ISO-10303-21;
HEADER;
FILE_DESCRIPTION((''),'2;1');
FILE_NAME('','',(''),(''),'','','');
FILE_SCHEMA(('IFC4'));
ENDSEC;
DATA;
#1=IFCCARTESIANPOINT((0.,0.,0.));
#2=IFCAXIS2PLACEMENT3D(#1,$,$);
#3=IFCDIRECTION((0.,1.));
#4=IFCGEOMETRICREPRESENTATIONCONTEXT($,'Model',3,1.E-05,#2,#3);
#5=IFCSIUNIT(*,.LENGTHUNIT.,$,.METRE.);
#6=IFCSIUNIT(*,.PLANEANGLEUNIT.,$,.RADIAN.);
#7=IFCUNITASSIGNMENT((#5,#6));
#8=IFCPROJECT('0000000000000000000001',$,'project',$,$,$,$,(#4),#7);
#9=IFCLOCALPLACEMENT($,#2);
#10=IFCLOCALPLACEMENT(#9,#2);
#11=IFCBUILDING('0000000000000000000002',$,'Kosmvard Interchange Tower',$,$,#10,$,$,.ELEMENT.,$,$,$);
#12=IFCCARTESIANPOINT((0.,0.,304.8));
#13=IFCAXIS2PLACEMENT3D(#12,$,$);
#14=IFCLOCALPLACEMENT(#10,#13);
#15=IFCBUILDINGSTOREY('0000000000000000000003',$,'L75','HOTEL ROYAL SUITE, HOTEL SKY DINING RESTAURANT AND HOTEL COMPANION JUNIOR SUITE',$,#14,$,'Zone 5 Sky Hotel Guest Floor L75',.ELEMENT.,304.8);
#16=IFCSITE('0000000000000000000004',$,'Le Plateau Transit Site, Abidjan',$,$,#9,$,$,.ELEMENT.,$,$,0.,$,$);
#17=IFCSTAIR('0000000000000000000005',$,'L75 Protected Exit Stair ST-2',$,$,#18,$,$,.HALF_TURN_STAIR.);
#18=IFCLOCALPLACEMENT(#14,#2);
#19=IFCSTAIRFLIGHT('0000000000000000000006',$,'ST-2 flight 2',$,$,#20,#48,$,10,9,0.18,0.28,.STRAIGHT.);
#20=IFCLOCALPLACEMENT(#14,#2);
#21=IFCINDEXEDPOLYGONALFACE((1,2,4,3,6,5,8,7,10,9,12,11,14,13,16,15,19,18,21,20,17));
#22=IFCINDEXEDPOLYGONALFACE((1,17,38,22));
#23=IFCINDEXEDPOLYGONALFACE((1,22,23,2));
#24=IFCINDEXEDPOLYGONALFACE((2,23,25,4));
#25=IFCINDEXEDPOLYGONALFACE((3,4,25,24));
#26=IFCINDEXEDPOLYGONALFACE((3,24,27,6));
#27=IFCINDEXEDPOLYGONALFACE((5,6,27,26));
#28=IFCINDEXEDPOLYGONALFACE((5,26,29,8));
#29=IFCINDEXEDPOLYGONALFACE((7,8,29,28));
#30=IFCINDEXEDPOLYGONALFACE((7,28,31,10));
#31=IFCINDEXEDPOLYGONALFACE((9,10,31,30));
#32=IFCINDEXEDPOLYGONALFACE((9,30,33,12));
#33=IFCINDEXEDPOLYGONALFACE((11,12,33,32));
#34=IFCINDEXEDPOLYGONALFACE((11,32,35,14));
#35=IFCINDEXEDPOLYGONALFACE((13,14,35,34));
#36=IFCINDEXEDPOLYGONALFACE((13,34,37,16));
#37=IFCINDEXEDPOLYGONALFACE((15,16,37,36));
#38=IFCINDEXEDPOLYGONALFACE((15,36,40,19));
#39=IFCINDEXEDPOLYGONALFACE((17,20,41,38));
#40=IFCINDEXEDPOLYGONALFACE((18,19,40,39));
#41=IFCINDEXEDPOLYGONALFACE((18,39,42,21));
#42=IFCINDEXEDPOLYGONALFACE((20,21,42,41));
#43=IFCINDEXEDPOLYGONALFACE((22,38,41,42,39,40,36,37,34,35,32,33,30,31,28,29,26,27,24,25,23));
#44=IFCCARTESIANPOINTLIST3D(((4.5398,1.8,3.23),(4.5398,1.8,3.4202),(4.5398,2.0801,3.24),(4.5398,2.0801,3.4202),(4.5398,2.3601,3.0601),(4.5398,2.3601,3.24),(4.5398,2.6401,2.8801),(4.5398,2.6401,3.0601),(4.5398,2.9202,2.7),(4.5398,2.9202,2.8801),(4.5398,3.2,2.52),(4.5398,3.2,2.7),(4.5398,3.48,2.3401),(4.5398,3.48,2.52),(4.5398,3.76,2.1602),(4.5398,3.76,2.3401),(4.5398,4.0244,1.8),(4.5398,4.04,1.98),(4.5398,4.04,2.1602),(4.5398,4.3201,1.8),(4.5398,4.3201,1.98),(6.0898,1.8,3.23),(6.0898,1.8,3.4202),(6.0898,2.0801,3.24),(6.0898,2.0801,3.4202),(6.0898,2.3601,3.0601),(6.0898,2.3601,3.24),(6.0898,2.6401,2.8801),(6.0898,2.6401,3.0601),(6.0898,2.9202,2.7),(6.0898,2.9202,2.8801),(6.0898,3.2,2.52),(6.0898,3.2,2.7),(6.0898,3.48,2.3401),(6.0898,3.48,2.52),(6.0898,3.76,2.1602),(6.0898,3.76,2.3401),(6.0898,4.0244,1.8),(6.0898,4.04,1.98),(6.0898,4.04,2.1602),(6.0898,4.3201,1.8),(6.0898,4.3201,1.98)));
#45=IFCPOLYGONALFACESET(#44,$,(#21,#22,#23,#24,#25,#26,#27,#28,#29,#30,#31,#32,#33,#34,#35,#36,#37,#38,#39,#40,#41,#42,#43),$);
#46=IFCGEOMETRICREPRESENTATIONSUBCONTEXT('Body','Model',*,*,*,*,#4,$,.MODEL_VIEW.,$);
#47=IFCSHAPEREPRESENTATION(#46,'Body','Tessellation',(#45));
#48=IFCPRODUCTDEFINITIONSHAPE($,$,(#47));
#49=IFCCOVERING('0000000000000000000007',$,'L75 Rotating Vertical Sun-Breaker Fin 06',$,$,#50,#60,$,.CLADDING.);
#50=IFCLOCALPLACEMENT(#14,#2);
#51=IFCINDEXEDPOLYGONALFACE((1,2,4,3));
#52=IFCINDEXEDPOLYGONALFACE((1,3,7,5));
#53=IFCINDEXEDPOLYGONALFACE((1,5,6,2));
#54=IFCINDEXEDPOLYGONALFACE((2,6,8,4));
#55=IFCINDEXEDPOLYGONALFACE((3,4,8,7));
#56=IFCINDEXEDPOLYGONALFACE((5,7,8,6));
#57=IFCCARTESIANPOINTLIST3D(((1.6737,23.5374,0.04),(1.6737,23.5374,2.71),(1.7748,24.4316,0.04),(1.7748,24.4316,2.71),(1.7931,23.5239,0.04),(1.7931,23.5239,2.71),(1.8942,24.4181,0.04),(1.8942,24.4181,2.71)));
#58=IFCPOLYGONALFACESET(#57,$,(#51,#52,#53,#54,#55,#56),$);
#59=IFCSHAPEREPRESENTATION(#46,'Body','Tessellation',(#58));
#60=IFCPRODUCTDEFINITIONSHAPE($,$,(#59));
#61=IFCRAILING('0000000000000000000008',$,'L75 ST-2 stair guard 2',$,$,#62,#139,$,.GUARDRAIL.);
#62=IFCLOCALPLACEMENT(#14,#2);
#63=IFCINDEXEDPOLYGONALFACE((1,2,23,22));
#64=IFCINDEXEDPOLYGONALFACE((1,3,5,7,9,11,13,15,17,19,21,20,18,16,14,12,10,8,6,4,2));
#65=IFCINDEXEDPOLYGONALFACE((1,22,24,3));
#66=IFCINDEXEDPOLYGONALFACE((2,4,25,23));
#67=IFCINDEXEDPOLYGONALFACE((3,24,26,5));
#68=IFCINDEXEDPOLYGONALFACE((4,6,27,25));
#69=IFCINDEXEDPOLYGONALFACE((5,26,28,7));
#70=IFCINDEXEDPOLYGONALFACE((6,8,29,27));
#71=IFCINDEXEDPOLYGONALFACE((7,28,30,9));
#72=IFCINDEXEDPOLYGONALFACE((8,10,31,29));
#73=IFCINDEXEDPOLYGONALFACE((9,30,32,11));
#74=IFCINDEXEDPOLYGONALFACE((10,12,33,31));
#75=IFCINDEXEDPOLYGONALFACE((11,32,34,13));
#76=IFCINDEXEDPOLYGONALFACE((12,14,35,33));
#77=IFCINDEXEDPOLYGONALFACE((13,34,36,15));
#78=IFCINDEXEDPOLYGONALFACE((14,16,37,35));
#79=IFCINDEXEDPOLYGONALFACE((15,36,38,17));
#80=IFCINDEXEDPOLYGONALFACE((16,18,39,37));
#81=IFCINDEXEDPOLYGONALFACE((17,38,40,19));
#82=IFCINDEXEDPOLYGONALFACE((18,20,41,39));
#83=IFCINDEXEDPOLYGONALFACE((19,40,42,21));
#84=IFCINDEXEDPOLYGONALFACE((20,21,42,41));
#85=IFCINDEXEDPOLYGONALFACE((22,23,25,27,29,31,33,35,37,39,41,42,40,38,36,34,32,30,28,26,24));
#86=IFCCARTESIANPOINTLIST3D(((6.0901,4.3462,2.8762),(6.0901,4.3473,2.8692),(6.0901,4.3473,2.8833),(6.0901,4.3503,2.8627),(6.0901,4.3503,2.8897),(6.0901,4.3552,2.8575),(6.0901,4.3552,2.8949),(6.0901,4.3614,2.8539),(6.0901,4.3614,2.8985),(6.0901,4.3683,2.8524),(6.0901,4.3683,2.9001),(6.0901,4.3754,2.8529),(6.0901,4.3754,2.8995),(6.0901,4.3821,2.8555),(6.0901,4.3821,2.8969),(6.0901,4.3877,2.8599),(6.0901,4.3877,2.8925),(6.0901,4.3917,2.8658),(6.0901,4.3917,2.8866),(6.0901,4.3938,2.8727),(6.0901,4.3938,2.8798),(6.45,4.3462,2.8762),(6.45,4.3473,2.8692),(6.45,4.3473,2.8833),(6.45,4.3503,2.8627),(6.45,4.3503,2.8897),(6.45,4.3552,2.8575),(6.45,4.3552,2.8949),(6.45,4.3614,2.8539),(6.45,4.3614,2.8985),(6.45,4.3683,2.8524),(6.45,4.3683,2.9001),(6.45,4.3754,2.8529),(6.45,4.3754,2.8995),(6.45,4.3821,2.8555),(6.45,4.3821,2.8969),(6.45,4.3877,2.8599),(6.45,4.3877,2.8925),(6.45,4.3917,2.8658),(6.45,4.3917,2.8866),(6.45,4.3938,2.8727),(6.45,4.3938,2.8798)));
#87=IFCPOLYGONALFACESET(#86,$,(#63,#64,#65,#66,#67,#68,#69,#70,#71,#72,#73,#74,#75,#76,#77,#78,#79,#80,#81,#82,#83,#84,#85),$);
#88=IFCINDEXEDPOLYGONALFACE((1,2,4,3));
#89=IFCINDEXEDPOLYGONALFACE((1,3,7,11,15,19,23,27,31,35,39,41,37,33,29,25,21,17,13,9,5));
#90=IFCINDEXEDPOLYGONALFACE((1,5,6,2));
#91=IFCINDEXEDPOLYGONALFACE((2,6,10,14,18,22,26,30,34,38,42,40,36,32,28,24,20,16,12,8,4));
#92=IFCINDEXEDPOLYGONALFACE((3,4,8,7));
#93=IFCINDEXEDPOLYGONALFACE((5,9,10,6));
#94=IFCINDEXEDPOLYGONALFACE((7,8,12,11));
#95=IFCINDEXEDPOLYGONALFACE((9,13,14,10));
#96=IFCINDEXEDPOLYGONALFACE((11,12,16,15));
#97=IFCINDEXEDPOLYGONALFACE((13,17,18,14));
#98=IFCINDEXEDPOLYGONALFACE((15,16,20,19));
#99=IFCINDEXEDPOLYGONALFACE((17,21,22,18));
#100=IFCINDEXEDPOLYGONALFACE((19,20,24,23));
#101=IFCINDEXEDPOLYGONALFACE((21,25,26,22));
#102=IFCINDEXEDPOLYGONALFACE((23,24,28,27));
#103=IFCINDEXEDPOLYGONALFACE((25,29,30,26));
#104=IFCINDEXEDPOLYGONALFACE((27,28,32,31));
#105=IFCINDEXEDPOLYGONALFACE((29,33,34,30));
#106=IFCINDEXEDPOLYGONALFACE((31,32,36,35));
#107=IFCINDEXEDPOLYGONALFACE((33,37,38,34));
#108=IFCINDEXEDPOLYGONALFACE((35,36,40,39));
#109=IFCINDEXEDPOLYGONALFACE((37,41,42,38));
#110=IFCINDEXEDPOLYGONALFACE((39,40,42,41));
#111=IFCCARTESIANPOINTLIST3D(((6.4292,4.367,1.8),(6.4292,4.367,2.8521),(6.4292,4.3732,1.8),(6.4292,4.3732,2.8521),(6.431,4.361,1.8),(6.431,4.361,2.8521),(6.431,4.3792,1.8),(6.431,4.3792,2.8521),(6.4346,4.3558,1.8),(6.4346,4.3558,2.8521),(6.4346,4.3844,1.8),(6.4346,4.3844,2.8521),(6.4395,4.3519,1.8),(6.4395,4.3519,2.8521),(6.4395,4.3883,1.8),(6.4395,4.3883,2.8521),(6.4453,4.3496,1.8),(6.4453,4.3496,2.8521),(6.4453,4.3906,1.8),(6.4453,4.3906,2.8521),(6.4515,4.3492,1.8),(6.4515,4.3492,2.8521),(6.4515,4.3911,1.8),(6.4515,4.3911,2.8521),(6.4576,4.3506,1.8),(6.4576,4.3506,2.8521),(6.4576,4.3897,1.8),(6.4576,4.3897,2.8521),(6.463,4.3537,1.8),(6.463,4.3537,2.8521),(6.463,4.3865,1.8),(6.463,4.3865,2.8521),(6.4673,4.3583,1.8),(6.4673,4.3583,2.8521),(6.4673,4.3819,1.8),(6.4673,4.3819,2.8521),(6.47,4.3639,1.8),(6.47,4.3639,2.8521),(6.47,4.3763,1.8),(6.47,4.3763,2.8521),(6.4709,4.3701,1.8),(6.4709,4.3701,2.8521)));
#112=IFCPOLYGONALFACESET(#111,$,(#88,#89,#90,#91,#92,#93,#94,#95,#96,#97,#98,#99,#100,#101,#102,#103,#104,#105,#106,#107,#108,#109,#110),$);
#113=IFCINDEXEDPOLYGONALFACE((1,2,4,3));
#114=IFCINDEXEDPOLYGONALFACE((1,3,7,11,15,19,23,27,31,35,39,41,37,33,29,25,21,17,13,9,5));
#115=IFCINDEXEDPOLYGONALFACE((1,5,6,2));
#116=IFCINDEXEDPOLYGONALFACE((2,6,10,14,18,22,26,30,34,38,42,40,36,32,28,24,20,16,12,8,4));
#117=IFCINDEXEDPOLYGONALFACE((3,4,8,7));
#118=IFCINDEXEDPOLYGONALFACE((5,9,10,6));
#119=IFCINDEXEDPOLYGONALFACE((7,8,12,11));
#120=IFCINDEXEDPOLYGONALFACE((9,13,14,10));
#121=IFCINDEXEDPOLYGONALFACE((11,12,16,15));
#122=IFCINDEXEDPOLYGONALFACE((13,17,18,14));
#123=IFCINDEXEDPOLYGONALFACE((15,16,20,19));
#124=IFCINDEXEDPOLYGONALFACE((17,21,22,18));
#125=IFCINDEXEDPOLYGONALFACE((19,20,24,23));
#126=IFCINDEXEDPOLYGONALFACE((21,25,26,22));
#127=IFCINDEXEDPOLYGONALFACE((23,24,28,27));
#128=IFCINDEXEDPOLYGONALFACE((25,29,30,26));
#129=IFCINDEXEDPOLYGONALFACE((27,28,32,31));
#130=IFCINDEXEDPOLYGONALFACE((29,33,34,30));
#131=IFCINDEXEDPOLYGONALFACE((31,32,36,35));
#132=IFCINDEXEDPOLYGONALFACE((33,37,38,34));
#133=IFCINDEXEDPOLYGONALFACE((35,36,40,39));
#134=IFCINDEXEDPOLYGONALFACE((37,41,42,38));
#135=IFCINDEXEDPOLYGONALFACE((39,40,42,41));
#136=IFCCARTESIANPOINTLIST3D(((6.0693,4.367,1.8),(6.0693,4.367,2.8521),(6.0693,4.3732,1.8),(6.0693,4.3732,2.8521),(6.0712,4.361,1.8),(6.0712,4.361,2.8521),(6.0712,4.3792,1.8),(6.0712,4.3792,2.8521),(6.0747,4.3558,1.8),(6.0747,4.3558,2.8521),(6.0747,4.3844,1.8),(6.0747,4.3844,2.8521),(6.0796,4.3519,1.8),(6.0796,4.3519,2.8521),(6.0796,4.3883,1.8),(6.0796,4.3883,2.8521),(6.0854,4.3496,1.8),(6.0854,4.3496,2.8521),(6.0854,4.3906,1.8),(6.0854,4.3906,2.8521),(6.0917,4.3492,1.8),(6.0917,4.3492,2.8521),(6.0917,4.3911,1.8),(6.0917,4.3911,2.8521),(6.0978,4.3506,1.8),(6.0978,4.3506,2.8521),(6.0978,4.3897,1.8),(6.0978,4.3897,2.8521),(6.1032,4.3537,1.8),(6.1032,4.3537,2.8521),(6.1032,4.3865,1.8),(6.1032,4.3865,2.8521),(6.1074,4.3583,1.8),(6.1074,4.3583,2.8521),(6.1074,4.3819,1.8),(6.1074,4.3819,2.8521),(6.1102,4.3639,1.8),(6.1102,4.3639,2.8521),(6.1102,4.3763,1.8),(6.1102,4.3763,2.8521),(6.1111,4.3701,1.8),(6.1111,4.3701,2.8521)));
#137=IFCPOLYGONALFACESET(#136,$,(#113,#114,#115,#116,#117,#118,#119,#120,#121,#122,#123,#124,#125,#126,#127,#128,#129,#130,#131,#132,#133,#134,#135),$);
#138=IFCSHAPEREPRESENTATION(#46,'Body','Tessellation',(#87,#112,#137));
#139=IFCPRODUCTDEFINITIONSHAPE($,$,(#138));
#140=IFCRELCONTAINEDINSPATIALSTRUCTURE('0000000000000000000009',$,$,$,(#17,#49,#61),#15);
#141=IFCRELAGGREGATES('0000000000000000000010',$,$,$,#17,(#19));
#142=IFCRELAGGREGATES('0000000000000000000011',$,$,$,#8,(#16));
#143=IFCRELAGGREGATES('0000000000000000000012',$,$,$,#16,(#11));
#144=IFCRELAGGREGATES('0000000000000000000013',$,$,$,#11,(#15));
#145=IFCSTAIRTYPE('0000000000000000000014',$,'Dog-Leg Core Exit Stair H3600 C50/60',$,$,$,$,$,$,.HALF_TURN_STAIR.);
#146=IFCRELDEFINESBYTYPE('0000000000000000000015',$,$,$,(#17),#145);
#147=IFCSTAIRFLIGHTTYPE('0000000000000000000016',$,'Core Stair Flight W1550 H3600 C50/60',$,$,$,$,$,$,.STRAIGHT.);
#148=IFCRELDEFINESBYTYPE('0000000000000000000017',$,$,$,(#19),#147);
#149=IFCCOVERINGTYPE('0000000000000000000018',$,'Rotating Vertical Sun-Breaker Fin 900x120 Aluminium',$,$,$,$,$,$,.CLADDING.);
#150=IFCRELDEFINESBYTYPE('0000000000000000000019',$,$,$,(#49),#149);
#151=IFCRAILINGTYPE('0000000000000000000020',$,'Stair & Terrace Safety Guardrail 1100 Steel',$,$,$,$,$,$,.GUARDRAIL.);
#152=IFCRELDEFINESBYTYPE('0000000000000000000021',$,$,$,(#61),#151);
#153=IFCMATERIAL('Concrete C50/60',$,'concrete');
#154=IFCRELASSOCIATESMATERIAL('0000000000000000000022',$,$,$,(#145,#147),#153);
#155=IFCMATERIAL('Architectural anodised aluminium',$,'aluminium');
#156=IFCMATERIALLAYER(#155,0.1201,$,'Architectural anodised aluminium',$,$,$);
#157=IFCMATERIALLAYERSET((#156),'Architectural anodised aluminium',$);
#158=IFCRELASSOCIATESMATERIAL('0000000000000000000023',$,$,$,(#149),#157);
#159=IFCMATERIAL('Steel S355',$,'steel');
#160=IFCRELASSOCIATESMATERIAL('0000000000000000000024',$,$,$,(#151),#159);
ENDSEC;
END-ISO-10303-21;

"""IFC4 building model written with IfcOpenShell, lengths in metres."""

from ifc_helpers import new_model, si_unit, direction, frame, origin, origin_2d, place, context, subcontext, project, spatial, polyline, rectangle, circle, outline, extrude, source, transform, mapped, material, layer, layer_set, type_object, element, aggregate, save


model = new_model("IFC4")

# Units and contexts
model_context = context("Model", 3, precision=1e-05, world=origin(), true_north=direction((0.0, 1.0)))
body_context = subcontext(model_context, "Body", "Model", "MODEL_VIEW")
ifc_project = project(units=[si_unit("LENGTHUNIT", "METRE"), si_unit("PLANEANGLEUNIT", "RADIAN")], contexts=[model_context])

# Site, building, storey
site_placement = place(None, origin())
site = spatial("IfcSite", under=ifc_project, at=site_placement, Name="Le Plateau Transit Site, Abidjan", CompositionType="ELEMENT", RefElevation=0.0)
building_placement = place(site_placement, origin())
building = spatial("IfcBuilding", under=site, at=building_placement, Name="Kosmvard Interchange Tower", CompositionType="ELEMENT")
storey_placement = place(building_placement, frame((0.0, 0.0, 304.8)))
storey = spatial("IfcBuildingStorey", under=building, at=storey_placement, Name="L75", Description="HOTEL ROYAL SUITE, HOTEL SKY DINING RESTAURANT AND HOTEL COMPANION JUNIOR SUITE", LongName="Zone 5 Sky Hotel Guest Floor L75", CompositionType="ELEMENT", Elevation=304.8)

# Shared definitions
ifc_material_1 = material(Name="Concrete C50/60", Category="concrete")

# Shared definitions
ifc_material_2 = material(Name="Steel S355", Category="steel")

# Stair, stair flight
stair_type = type_object("IfcStairType", Name="Dog-Leg Core Exit Stair H3600 C50/60", PredefinedType="HALF_TURN_STAIR", material=ifc_material_1)
stair_placement = place(storey_placement, origin())
stair = element("IfcStair", 1, at=stair_placement, inside=storey, type_object=stair_type, Name="L75 Protected Exit Stair ST-2", PredefinedType="HALF_TURN_STAIR")
stair_flight_type = type_object("IfcStairFlightType", Name="Core Stair Flight W1550 H3600 C50/60", PredefinedType="STRAIGHT", material=ifc_material_1)
shared_shape_1 = source(origin(), body_context, "Body", "SweptSolid", [
    extrude(outline(polyline([(0.0, 0.0), (0.0, 0.1799), (0.28, 0.1799), (0.28, 0.3601), (0.5601, 0.3601), (0.5601, 0.54), (0.8401, 0.54), (0.8401, 0.72), (1.1201, 0.72), (1.1201, 0.8999), (1.3999, 0.8999), (1.3999, 1.0801), (1.6799, 1.0801), (1.6799, 1.26), (1.96, 1.26), (1.96, 1.4399), (2.24, 1.4399), (2.24, 1.6201), (2.52, 1.6201), (2.52, 1.8), (2.52, 1.4299), (0.2957, 0.0), (0.0, 0.0)])), frame((0.0, 0.7749, 0.0), z_axis=(0.0, -1.0, 0.0), x_axis=(1.0, 0.0, 0.0)), (0.0, 0.0, 1.0), 1.55),
])
stair_flight_1_placement = place(storey_placement, frame((5.3149, 4.3201, 1.8), z_axis=(0.0, 0.0, 1.0), x_axis=(0.0, -1.0, 0.0)))
stair_flight_1 = element("IfcStairFlight", 2, at=stair_flight_1_placement, type_object=stair_flight_type, Name="ST-2 flight 2", NumberOfRisers=10, NumberOfTreads=9, PredefinedType="STRAIGHT", RiserHeight=0.18, TreadLength=0.28, context=body_context, shape_type="MappedRepresentation", body=[
    mapped(shared_shape_1, transform((0.0, 0.0, 0.0), scale=1.0)),
])
aggregate(stair, [stair_flight_1])

# Covering
ifc_material_3 = material(Name="Architectural anodised aluminium", Category="aluminium")
ifc_layer_1 = layer(ifc_material_3, 0.1201, Name="Architectural anodised aluminium")
ifc_layer_set_1 = layer_set([ifc_layer_1], Name="Architectural anodised aluminium")
covering_type = type_object("IfcCoveringType", Name="Rotating Vertical Sun-Breaker Fin 900x120 Aluminium", PredefinedType="CLADDING", material=ifc_layer_set_1)
shared_shape_2 = source(origin(), body_context, "Body", "SweptSolid", [
    extrude(rectangle(XDim=0.8999, YDim=0.1201, at=origin_2d()), origin(), (0.0, 0.0, 1.0), 2.6699),
])
covering_placement = place(storey_placement, frame((1.7839, 23.9778, 0.04), z_axis=(0.0, 0.0, 1.0), x_axis=(0.112336, 0.99367, 0.0)))
element("IfcCovering", 3, at=covering_placement, inside=storey, type_object=covering_type, Name="L75 Rotating Vertical Sun-Breaker Fin 06", PredefinedType="CLADDING", context=body_context, shape_type="MappedRepresentation", body=[
    mapped(shared_shape_2, transform((0.0, 0.0, 0.0), scale=1.0)),
])

# Railing
railing_type_1 = type_object("IfcRailingType", Name="Stair & Terrace Safety Guardrail 1100 Steel", PredefinedType="GUARDRAIL", material=ifc_material_2)
shared_shape_3 = source(origin(), body_context, "Body", "SweptSolid", [
    extrude(circle(Radius=0.0239, at=origin_2d()), frame((0.0, 0.0, 1.0762), z_axis=(-1.0, 0.0, 0.0), x_axis=(0.0, -1.0, 0.0)), (0.0, 0.0, 1.0), 0.3599),
    extrude(circle(Radius=0.021, at=origin_2d()), origin(), (0.0, 0.0, 1.0), 1.052),
    extrude(circle(Radius=0.021, at=origin_2d()), frame((-0.3599, 0.0, 0.0)), (0.0, 0.0, 1.0), 1.052),
])
for number, where, name in (
    (4, (6.45, 4.3701, 1.8), "L75 ST-2 stair guard 2"),
):
    element("IfcRailing", number, at=place(storey_placement, frame(where)), inside=storey, type_object=railing_type_1, Name=name, PredefinedType="GUARDRAIL", context=body_context, shape_type="MappedRepresentation", body=[
        mapped(shared_shape_3, transform((0.0, 0.0, 0.0), scale=1.0)),
    ])

save(model, "model.ifc")
